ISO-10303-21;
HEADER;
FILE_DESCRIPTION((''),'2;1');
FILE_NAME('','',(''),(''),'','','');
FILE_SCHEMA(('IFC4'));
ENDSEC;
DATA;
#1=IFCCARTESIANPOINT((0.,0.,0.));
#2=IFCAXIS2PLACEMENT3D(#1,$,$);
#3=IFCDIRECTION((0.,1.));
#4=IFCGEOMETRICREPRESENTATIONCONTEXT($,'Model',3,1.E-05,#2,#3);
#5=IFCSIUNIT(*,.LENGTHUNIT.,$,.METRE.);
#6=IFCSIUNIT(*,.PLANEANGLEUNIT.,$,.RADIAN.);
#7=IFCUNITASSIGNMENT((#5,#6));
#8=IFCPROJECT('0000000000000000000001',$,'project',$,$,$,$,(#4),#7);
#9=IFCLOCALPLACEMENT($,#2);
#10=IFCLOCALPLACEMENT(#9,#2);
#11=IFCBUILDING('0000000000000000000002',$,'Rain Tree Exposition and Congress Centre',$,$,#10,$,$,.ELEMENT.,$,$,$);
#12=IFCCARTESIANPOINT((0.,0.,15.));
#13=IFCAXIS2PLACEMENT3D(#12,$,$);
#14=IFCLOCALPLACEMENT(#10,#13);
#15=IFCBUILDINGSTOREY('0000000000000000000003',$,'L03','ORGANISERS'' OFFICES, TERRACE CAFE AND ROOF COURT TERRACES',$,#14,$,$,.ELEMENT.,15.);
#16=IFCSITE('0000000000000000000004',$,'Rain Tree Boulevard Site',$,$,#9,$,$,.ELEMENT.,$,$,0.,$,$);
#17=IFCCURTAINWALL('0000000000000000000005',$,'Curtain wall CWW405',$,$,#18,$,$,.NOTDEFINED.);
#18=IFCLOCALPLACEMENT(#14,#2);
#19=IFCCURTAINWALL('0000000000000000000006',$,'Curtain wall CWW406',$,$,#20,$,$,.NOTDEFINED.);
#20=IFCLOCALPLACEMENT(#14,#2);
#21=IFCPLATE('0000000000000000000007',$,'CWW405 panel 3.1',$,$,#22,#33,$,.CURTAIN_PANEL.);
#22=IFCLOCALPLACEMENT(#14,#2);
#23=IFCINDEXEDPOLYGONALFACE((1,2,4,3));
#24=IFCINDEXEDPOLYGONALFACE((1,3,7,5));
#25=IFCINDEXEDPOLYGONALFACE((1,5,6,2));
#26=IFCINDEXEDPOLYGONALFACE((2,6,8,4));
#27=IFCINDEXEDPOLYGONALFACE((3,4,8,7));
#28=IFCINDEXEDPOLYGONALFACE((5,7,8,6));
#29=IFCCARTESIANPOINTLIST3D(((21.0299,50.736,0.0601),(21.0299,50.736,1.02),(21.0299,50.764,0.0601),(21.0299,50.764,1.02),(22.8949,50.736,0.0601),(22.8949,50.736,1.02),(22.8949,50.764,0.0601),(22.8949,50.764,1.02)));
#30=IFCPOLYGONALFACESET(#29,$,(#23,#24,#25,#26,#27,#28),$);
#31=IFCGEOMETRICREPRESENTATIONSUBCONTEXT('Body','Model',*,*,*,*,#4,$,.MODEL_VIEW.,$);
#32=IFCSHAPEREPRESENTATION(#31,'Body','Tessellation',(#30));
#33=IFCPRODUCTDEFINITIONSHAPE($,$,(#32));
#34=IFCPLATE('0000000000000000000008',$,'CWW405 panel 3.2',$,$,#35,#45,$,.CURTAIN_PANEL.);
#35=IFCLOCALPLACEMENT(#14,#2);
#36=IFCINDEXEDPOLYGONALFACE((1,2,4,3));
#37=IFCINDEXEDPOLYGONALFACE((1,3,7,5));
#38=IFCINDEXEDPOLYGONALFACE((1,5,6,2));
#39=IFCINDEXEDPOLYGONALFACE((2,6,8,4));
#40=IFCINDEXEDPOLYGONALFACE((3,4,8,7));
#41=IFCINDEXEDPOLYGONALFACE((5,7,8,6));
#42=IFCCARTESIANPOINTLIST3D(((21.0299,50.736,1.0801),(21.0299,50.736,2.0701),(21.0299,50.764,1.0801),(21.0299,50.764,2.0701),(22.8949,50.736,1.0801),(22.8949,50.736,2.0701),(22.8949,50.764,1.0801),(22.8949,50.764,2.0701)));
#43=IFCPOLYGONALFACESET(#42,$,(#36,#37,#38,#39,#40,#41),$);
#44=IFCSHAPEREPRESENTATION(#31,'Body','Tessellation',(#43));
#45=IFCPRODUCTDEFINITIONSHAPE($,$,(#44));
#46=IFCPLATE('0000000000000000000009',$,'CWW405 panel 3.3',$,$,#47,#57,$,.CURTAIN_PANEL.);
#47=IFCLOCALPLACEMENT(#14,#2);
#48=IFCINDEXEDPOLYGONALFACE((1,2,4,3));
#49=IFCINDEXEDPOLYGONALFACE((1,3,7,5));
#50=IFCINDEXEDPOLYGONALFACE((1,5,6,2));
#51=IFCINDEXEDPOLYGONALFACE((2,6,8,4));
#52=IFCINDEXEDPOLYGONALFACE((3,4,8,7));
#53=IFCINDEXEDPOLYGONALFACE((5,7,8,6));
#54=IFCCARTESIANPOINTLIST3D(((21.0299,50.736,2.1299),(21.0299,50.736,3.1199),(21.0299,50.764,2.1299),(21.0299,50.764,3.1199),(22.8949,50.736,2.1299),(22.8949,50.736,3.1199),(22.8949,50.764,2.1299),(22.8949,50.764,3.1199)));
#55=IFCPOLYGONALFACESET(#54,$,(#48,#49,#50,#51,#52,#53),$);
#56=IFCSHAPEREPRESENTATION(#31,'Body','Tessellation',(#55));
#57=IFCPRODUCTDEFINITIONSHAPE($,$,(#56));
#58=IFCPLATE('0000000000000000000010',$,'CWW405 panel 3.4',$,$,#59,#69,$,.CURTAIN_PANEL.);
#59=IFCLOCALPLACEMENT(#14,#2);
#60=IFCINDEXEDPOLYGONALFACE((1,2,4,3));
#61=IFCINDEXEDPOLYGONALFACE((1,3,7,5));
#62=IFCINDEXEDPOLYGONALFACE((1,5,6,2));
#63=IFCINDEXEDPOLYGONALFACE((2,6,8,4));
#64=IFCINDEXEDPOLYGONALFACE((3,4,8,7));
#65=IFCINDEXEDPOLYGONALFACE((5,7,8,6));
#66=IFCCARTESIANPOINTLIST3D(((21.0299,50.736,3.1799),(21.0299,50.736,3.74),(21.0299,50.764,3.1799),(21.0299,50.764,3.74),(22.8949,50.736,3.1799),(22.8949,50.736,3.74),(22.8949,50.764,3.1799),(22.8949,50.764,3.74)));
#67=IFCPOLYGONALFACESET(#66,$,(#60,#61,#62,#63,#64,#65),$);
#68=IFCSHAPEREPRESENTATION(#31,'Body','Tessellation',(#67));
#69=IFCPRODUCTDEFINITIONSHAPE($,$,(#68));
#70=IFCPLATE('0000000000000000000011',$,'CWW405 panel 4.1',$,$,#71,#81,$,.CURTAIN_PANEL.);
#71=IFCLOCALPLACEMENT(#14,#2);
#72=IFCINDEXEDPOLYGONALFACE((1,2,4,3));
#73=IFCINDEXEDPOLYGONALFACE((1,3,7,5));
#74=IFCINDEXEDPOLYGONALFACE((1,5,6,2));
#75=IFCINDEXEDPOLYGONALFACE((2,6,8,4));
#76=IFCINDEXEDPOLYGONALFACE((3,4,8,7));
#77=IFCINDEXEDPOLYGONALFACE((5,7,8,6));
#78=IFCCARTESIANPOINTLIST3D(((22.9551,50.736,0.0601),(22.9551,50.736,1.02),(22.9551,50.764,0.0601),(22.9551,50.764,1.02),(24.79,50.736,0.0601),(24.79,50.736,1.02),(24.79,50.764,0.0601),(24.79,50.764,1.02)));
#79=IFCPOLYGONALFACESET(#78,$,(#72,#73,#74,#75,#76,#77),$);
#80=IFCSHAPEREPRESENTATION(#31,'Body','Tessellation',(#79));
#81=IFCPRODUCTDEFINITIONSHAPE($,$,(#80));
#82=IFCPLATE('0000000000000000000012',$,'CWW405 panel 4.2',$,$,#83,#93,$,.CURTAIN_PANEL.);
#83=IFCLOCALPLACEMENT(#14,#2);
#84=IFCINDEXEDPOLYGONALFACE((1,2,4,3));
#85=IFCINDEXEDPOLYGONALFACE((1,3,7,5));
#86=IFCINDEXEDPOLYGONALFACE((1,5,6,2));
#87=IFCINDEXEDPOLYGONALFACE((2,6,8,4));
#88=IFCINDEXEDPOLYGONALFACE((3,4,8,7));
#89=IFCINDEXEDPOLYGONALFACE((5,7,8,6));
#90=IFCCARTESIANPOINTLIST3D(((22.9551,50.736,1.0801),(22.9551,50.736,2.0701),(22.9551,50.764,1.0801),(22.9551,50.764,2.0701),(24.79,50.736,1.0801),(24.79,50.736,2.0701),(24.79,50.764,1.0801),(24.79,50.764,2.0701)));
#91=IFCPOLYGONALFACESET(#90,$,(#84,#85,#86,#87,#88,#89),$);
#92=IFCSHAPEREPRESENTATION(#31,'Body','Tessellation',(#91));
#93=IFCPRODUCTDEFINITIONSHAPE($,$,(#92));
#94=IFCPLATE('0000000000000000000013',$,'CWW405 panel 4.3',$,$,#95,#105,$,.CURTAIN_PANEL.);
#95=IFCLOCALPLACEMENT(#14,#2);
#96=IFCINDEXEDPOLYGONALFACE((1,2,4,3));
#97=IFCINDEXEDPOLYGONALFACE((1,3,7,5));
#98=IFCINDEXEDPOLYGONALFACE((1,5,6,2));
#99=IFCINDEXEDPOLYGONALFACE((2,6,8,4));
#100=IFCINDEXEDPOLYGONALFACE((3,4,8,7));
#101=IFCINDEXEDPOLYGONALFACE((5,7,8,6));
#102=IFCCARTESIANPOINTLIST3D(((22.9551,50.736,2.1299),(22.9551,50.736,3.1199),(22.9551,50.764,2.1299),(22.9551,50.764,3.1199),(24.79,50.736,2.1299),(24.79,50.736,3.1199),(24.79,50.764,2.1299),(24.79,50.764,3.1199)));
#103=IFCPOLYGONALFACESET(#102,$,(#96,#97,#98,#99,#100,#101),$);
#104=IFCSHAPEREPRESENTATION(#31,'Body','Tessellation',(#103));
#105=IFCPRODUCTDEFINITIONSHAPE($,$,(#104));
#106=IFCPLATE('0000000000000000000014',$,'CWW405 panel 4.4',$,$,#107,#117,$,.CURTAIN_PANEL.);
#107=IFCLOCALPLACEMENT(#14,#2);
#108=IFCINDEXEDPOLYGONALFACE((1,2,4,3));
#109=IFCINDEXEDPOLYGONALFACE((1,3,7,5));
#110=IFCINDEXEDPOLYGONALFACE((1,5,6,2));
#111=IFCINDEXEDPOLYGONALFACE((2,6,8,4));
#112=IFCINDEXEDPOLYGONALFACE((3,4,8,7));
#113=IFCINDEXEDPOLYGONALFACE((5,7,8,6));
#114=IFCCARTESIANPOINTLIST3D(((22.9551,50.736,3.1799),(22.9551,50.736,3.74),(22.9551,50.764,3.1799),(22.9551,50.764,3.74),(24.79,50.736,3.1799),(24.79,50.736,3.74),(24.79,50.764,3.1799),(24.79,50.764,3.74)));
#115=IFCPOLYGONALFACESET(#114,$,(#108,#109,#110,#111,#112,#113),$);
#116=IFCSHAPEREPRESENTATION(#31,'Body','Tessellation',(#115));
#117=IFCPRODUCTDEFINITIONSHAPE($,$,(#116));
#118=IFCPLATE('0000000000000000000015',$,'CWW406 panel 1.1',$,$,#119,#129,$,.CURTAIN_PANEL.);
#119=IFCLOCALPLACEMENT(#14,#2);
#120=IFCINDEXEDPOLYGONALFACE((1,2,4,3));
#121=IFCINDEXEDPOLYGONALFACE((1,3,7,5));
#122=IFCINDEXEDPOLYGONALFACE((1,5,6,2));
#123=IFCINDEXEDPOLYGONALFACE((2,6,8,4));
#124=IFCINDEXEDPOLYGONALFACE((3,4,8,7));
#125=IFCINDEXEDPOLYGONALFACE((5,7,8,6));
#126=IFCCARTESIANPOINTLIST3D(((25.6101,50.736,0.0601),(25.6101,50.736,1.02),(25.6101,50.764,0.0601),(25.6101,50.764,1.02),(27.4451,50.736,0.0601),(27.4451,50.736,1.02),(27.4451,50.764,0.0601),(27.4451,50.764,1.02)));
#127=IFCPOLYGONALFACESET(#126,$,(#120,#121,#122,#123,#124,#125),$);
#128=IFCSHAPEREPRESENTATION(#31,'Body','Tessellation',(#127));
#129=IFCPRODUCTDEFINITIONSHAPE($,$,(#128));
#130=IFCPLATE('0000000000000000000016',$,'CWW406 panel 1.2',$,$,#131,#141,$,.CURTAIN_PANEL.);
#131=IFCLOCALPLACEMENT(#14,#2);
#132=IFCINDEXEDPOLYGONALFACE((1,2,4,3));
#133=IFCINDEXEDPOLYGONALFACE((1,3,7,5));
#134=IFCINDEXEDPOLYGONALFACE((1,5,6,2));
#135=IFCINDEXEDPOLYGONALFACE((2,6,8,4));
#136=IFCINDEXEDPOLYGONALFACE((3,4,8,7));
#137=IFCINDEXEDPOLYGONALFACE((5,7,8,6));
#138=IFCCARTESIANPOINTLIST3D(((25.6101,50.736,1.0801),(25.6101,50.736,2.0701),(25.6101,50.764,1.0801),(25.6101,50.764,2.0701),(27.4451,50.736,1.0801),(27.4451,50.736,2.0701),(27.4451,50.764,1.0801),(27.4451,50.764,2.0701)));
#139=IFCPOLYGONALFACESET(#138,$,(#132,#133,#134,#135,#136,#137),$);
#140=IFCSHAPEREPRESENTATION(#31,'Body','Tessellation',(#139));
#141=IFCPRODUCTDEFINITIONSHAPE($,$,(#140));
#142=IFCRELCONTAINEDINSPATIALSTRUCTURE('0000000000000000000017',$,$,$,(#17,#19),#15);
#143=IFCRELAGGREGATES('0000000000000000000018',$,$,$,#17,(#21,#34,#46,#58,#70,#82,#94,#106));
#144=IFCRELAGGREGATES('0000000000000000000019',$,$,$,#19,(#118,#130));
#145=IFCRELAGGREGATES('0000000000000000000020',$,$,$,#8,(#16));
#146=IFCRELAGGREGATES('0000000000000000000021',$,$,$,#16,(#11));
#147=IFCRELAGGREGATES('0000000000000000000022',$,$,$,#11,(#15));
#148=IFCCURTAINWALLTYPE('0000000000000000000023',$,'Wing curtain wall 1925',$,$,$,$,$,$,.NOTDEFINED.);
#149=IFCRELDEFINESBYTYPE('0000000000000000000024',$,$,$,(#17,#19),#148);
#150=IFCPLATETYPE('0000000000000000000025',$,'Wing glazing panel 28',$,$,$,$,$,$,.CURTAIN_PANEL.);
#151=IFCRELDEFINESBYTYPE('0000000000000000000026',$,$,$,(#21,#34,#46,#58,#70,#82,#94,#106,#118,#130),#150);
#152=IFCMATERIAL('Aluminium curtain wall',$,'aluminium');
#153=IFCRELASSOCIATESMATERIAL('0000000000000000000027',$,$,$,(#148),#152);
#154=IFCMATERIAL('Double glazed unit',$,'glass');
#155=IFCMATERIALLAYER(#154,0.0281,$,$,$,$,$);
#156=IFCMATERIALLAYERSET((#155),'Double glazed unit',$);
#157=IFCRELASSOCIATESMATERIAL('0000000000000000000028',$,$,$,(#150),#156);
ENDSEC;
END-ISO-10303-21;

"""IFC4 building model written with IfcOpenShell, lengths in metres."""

from ifc_helpers import new_model, si_unit, direction, frame, origin, origin_2d, place, context, subcontext, project, spatial, rectangle, extrude, material, layer, layer_set, type_object, element, aggregate, save


model = new_model("IFC4")

# Units and contexts
model_context = context("Model", 3, precision=1e-05, world=origin(), true_north=direction((0.0, 1.0)))
body_context = subcontext(model_context, "Body", "Model", "MODEL_VIEW")
ifc_project = project(units=[si_unit("LENGTHUNIT", "METRE"), si_unit("PLANEANGLEUNIT", "RADIAN")], contexts=[model_context])

# Site, building, storey
site_placement = place(None, origin())
site = spatial("IfcSite", under=ifc_project, at=site_placement, Name="Rain Tree Boulevard Site", CompositionType="ELEMENT", RefElevation=0.0)
building_placement = place(site_placement, origin())
building = spatial("IfcBuilding", under=site, at=building_placement, Name="Rain Tree Exposition and Congress Centre", CompositionType="ELEMENT")
storey_placement = place(building_placement, frame((0.0, 0.0, 15.0)))
storey = spatial("IfcBuildingStorey", under=building, at=storey_placement, Name="L03", Description="ORGANISERS' OFFICES, TERRACE CAFE AND ROOF COURT TERRACES", CompositionType="ELEMENT", Elevation=15.0)

# Curtain wall
ifc_material_1 = material(Name="Aluminium curtain wall", Category="aluminium")
curtain_wall_type = type_object("IfcCurtainWallType", Name="Wing curtain wall 1925", PredefinedType="NOTDEFINED", material=ifc_material_1)
curtain_wall_1_placement = place(storey_placement, origin())
curtain_wall_1 = element("IfcCurtainWall", 1, at=curtain_wall_1_placement, inside=storey, type_object=curtain_wall_type, Name="Curtain wall CWW405", PredefinedType="NOTDEFINED")

# Curtain wall
curtain_wall_2_placement = place(storey_placement, origin())
curtain_wall_2 = element("IfcCurtainWall", 2, at=curtain_wall_2_placement, inside=storey, type_object=curtain_wall_type, Name="Curtain wall CWW406", PredefinedType="NOTDEFINED")

# Plates
ifc_material_2 = material(Name="Double glazed unit", Category="glass")
ifc_layer = layer(ifc_material_2, 0.0281)
ifc_layer_set = layer_set([ifc_layer], Name="Double glazed unit")
plate_type = type_object("IfcPlateType", Name="Wing glazing panel 28", PredefinedType="CURTAIN_PANEL", material=ifc_layer_set)
plate_1_placement = place(storey_placement, frame((21.9624, 50.75, 0.0601), z_axis=(0.0, 0.0, 1.0), x_axis=(1.0, 0.0, 0.0)))
plate_1 = element("IfcPlate", 3, at=plate_1_placement, type_object=plate_type, Name="CWW405 panel 3.1", PredefinedType="CURTAIN_PANEL", context=body_context, shape_type="SweptSolid", body=[
    extrude(rectangle(XDim=1.865, YDim=0.0281, at=origin_2d()), origin(), (0.0, 0.0, 1.0), 0.96),
])
plate_2_placement = place(storey_placement, frame((21.9624, 50.75, 1.0801), z_axis=(0.0, 0.0, 1.0), x_axis=(1.0, 0.0, 0.0)))
plate_2 = element("IfcPlate", 4, at=plate_2_placement, type_object=plate_type, Name="CWW405 panel 3.2", PredefinedType="CURTAIN_PANEL", context=body_context, shape_type="SweptSolid", body=[
    extrude(rectangle(XDim=1.865, YDim=0.0281, at=origin_2d()), origin(), (0.0, 0.0, 1.0), 0.99),
])
plate_3_placement = place(storey_placement, frame((21.9624, 50.75, 2.1299), z_axis=(0.0, 0.0, 1.0), x_axis=(1.0, 0.0, 0.0)))
plate_3 = element("IfcPlate", 5, at=plate_3_placement, type_object=plate_type, Name="CWW405 panel 3.3", PredefinedType="CURTAIN_PANEL", context=body_context, shape_type="SweptSolid", body=[
    extrude(rectangle(XDim=1.865, YDim=0.0281, at=origin_2d()), origin(), (0.0, 0.0, 1.0), 0.99),
])
plate_4_placement = place(storey_placement, frame((21.9624, 50.75, 3.1799), z_axis=(0.0, 0.0, 1.0), x_axis=(1.0, 0.0, 0.0)))
plate_4 = element("IfcPlate", 6, at=plate_4_placement, type_object=plate_type, Name="CWW405 panel 3.4", PredefinedType="CURTAIN_PANEL", context=body_context, shape_type="SweptSolid", body=[
    extrude(rectangle(XDim=1.865, YDim=0.0281, at=origin_2d()), origin(), (0.0, 0.0, 1.0), 0.5601),
])
plate_5_placement = place(storey_placement, frame((23.8726, 50.75, 0.0601), z_axis=(0.0, 0.0, 1.0), x_axis=(1.0, 0.0, 0.0)))
plate_5 = element("IfcPlate", 7, at=plate_5_placement, type_object=plate_type, Name="CWW405 panel 4.1", PredefinedType="CURTAIN_PANEL", context=body_context, shape_type="SweptSolid", body=[
    extrude(rectangle(XDim=1.835, YDim=0.0281, at=origin_2d()), origin(), (0.0, 0.0, 1.0), 0.96),
])
plate_6_placement = place(storey_placement, frame((23.8726, 50.75, 1.0801), z_axis=(0.0, 0.0, 1.0), x_axis=(1.0, 0.0, 0.0)))
plate_6 = element("IfcPlate", 8, at=plate_6_placement, type_object=plate_type, Name="CWW405 panel 4.2", PredefinedType="CURTAIN_PANEL", context=body_context, shape_type="SweptSolid", body=[
    extrude(rectangle(XDim=1.835, YDim=0.0281, at=origin_2d()), origin(), (0.0, 0.0, 1.0), 0.99),
])
plate_7_placement = place(storey_placement, frame((23.8726, 50.75, 2.1299), z_axis=(0.0, 0.0, 1.0), x_axis=(1.0, 0.0, 0.0)))
plate_7 = element("IfcPlate", 9, at=plate_7_placement, type_object=plate_type, Name="CWW405 panel 4.3", PredefinedType="CURTAIN_PANEL", context=body_context, shape_type="SweptSolid", body=[
    extrude(rectangle(XDim=1.835, YDim=0.0281, at=origin_2d()), origin(), (0.0, 0.0, 1.0), 0.99),
])
plate_8_placement = place(storey_placement, frame((23.8726, 50.75, 3.1799), z_axis=(0.0, 0.0, 1.0), x_axis=(1.0, 0.0, 0.0)))
plate_8 = element("IfcPlate", 10, at=plate_8_placement, type_object=plate_type, Name="CWW405 panel 4.4", PredefinedType="CURTAIN_PANEL", context=body_context, shape_type="SweptSolid", body=[
    extrude(rectangle(XDim=1.835, YDim=0.0281, at=origin_2d()), origin(), (0.0, 0.0, 1.0), 0.5601),
])
aggregate(curtain_wall_1, [plate_1, plate_2, plate_3, plate_4, plate_5, plate_6, plate_7, plate_8])
plate_9_placement = place(storey_placement, frame((26.5276, 50.75, 0.0601), z_axis=(0.0, 0.0, 1.0), x_axis=(1.0, 0.0, 0.0)))
plate_9 = element("IfcPlate", 11, at=plate_9_placement, type_object=plate_type, Name="CWW406 panel 1.1", PredefinedType="CURTAIN_PANEL", context=body_context, shape_type="SweptSolid", body=[
    extrude(rectangle(XDim=1.835, YDim=0.0281, at=origin_2d()), origin(), (0.0, 0.0, 1.0), 0.96),
])
plate_10_placement = place(storey_placement, frame((26.5276, 50.75, 1.0801), z_axis=(0.0, 0.0, 1.0), x_axis=(1.0, 0.0, 0.0)))
plate_10 = element("IfcPlate", 12, at=plate_10_placement, type_object=plate_type, Name="CWW406 panel 1.2", PredefinedType="CURTAIN_PANEL", context=body_context, shape_type="SweptSolid", body=[
    extrude(rectangle(XDim=1.835, YDim=0.0281, at=origin_2d()), origin(), (0.0, 0.0, 1.0), 0.99),
])
aggregate(curtain_wall_2, [plate_9, plate_10])

save(model, "model.ifc")
